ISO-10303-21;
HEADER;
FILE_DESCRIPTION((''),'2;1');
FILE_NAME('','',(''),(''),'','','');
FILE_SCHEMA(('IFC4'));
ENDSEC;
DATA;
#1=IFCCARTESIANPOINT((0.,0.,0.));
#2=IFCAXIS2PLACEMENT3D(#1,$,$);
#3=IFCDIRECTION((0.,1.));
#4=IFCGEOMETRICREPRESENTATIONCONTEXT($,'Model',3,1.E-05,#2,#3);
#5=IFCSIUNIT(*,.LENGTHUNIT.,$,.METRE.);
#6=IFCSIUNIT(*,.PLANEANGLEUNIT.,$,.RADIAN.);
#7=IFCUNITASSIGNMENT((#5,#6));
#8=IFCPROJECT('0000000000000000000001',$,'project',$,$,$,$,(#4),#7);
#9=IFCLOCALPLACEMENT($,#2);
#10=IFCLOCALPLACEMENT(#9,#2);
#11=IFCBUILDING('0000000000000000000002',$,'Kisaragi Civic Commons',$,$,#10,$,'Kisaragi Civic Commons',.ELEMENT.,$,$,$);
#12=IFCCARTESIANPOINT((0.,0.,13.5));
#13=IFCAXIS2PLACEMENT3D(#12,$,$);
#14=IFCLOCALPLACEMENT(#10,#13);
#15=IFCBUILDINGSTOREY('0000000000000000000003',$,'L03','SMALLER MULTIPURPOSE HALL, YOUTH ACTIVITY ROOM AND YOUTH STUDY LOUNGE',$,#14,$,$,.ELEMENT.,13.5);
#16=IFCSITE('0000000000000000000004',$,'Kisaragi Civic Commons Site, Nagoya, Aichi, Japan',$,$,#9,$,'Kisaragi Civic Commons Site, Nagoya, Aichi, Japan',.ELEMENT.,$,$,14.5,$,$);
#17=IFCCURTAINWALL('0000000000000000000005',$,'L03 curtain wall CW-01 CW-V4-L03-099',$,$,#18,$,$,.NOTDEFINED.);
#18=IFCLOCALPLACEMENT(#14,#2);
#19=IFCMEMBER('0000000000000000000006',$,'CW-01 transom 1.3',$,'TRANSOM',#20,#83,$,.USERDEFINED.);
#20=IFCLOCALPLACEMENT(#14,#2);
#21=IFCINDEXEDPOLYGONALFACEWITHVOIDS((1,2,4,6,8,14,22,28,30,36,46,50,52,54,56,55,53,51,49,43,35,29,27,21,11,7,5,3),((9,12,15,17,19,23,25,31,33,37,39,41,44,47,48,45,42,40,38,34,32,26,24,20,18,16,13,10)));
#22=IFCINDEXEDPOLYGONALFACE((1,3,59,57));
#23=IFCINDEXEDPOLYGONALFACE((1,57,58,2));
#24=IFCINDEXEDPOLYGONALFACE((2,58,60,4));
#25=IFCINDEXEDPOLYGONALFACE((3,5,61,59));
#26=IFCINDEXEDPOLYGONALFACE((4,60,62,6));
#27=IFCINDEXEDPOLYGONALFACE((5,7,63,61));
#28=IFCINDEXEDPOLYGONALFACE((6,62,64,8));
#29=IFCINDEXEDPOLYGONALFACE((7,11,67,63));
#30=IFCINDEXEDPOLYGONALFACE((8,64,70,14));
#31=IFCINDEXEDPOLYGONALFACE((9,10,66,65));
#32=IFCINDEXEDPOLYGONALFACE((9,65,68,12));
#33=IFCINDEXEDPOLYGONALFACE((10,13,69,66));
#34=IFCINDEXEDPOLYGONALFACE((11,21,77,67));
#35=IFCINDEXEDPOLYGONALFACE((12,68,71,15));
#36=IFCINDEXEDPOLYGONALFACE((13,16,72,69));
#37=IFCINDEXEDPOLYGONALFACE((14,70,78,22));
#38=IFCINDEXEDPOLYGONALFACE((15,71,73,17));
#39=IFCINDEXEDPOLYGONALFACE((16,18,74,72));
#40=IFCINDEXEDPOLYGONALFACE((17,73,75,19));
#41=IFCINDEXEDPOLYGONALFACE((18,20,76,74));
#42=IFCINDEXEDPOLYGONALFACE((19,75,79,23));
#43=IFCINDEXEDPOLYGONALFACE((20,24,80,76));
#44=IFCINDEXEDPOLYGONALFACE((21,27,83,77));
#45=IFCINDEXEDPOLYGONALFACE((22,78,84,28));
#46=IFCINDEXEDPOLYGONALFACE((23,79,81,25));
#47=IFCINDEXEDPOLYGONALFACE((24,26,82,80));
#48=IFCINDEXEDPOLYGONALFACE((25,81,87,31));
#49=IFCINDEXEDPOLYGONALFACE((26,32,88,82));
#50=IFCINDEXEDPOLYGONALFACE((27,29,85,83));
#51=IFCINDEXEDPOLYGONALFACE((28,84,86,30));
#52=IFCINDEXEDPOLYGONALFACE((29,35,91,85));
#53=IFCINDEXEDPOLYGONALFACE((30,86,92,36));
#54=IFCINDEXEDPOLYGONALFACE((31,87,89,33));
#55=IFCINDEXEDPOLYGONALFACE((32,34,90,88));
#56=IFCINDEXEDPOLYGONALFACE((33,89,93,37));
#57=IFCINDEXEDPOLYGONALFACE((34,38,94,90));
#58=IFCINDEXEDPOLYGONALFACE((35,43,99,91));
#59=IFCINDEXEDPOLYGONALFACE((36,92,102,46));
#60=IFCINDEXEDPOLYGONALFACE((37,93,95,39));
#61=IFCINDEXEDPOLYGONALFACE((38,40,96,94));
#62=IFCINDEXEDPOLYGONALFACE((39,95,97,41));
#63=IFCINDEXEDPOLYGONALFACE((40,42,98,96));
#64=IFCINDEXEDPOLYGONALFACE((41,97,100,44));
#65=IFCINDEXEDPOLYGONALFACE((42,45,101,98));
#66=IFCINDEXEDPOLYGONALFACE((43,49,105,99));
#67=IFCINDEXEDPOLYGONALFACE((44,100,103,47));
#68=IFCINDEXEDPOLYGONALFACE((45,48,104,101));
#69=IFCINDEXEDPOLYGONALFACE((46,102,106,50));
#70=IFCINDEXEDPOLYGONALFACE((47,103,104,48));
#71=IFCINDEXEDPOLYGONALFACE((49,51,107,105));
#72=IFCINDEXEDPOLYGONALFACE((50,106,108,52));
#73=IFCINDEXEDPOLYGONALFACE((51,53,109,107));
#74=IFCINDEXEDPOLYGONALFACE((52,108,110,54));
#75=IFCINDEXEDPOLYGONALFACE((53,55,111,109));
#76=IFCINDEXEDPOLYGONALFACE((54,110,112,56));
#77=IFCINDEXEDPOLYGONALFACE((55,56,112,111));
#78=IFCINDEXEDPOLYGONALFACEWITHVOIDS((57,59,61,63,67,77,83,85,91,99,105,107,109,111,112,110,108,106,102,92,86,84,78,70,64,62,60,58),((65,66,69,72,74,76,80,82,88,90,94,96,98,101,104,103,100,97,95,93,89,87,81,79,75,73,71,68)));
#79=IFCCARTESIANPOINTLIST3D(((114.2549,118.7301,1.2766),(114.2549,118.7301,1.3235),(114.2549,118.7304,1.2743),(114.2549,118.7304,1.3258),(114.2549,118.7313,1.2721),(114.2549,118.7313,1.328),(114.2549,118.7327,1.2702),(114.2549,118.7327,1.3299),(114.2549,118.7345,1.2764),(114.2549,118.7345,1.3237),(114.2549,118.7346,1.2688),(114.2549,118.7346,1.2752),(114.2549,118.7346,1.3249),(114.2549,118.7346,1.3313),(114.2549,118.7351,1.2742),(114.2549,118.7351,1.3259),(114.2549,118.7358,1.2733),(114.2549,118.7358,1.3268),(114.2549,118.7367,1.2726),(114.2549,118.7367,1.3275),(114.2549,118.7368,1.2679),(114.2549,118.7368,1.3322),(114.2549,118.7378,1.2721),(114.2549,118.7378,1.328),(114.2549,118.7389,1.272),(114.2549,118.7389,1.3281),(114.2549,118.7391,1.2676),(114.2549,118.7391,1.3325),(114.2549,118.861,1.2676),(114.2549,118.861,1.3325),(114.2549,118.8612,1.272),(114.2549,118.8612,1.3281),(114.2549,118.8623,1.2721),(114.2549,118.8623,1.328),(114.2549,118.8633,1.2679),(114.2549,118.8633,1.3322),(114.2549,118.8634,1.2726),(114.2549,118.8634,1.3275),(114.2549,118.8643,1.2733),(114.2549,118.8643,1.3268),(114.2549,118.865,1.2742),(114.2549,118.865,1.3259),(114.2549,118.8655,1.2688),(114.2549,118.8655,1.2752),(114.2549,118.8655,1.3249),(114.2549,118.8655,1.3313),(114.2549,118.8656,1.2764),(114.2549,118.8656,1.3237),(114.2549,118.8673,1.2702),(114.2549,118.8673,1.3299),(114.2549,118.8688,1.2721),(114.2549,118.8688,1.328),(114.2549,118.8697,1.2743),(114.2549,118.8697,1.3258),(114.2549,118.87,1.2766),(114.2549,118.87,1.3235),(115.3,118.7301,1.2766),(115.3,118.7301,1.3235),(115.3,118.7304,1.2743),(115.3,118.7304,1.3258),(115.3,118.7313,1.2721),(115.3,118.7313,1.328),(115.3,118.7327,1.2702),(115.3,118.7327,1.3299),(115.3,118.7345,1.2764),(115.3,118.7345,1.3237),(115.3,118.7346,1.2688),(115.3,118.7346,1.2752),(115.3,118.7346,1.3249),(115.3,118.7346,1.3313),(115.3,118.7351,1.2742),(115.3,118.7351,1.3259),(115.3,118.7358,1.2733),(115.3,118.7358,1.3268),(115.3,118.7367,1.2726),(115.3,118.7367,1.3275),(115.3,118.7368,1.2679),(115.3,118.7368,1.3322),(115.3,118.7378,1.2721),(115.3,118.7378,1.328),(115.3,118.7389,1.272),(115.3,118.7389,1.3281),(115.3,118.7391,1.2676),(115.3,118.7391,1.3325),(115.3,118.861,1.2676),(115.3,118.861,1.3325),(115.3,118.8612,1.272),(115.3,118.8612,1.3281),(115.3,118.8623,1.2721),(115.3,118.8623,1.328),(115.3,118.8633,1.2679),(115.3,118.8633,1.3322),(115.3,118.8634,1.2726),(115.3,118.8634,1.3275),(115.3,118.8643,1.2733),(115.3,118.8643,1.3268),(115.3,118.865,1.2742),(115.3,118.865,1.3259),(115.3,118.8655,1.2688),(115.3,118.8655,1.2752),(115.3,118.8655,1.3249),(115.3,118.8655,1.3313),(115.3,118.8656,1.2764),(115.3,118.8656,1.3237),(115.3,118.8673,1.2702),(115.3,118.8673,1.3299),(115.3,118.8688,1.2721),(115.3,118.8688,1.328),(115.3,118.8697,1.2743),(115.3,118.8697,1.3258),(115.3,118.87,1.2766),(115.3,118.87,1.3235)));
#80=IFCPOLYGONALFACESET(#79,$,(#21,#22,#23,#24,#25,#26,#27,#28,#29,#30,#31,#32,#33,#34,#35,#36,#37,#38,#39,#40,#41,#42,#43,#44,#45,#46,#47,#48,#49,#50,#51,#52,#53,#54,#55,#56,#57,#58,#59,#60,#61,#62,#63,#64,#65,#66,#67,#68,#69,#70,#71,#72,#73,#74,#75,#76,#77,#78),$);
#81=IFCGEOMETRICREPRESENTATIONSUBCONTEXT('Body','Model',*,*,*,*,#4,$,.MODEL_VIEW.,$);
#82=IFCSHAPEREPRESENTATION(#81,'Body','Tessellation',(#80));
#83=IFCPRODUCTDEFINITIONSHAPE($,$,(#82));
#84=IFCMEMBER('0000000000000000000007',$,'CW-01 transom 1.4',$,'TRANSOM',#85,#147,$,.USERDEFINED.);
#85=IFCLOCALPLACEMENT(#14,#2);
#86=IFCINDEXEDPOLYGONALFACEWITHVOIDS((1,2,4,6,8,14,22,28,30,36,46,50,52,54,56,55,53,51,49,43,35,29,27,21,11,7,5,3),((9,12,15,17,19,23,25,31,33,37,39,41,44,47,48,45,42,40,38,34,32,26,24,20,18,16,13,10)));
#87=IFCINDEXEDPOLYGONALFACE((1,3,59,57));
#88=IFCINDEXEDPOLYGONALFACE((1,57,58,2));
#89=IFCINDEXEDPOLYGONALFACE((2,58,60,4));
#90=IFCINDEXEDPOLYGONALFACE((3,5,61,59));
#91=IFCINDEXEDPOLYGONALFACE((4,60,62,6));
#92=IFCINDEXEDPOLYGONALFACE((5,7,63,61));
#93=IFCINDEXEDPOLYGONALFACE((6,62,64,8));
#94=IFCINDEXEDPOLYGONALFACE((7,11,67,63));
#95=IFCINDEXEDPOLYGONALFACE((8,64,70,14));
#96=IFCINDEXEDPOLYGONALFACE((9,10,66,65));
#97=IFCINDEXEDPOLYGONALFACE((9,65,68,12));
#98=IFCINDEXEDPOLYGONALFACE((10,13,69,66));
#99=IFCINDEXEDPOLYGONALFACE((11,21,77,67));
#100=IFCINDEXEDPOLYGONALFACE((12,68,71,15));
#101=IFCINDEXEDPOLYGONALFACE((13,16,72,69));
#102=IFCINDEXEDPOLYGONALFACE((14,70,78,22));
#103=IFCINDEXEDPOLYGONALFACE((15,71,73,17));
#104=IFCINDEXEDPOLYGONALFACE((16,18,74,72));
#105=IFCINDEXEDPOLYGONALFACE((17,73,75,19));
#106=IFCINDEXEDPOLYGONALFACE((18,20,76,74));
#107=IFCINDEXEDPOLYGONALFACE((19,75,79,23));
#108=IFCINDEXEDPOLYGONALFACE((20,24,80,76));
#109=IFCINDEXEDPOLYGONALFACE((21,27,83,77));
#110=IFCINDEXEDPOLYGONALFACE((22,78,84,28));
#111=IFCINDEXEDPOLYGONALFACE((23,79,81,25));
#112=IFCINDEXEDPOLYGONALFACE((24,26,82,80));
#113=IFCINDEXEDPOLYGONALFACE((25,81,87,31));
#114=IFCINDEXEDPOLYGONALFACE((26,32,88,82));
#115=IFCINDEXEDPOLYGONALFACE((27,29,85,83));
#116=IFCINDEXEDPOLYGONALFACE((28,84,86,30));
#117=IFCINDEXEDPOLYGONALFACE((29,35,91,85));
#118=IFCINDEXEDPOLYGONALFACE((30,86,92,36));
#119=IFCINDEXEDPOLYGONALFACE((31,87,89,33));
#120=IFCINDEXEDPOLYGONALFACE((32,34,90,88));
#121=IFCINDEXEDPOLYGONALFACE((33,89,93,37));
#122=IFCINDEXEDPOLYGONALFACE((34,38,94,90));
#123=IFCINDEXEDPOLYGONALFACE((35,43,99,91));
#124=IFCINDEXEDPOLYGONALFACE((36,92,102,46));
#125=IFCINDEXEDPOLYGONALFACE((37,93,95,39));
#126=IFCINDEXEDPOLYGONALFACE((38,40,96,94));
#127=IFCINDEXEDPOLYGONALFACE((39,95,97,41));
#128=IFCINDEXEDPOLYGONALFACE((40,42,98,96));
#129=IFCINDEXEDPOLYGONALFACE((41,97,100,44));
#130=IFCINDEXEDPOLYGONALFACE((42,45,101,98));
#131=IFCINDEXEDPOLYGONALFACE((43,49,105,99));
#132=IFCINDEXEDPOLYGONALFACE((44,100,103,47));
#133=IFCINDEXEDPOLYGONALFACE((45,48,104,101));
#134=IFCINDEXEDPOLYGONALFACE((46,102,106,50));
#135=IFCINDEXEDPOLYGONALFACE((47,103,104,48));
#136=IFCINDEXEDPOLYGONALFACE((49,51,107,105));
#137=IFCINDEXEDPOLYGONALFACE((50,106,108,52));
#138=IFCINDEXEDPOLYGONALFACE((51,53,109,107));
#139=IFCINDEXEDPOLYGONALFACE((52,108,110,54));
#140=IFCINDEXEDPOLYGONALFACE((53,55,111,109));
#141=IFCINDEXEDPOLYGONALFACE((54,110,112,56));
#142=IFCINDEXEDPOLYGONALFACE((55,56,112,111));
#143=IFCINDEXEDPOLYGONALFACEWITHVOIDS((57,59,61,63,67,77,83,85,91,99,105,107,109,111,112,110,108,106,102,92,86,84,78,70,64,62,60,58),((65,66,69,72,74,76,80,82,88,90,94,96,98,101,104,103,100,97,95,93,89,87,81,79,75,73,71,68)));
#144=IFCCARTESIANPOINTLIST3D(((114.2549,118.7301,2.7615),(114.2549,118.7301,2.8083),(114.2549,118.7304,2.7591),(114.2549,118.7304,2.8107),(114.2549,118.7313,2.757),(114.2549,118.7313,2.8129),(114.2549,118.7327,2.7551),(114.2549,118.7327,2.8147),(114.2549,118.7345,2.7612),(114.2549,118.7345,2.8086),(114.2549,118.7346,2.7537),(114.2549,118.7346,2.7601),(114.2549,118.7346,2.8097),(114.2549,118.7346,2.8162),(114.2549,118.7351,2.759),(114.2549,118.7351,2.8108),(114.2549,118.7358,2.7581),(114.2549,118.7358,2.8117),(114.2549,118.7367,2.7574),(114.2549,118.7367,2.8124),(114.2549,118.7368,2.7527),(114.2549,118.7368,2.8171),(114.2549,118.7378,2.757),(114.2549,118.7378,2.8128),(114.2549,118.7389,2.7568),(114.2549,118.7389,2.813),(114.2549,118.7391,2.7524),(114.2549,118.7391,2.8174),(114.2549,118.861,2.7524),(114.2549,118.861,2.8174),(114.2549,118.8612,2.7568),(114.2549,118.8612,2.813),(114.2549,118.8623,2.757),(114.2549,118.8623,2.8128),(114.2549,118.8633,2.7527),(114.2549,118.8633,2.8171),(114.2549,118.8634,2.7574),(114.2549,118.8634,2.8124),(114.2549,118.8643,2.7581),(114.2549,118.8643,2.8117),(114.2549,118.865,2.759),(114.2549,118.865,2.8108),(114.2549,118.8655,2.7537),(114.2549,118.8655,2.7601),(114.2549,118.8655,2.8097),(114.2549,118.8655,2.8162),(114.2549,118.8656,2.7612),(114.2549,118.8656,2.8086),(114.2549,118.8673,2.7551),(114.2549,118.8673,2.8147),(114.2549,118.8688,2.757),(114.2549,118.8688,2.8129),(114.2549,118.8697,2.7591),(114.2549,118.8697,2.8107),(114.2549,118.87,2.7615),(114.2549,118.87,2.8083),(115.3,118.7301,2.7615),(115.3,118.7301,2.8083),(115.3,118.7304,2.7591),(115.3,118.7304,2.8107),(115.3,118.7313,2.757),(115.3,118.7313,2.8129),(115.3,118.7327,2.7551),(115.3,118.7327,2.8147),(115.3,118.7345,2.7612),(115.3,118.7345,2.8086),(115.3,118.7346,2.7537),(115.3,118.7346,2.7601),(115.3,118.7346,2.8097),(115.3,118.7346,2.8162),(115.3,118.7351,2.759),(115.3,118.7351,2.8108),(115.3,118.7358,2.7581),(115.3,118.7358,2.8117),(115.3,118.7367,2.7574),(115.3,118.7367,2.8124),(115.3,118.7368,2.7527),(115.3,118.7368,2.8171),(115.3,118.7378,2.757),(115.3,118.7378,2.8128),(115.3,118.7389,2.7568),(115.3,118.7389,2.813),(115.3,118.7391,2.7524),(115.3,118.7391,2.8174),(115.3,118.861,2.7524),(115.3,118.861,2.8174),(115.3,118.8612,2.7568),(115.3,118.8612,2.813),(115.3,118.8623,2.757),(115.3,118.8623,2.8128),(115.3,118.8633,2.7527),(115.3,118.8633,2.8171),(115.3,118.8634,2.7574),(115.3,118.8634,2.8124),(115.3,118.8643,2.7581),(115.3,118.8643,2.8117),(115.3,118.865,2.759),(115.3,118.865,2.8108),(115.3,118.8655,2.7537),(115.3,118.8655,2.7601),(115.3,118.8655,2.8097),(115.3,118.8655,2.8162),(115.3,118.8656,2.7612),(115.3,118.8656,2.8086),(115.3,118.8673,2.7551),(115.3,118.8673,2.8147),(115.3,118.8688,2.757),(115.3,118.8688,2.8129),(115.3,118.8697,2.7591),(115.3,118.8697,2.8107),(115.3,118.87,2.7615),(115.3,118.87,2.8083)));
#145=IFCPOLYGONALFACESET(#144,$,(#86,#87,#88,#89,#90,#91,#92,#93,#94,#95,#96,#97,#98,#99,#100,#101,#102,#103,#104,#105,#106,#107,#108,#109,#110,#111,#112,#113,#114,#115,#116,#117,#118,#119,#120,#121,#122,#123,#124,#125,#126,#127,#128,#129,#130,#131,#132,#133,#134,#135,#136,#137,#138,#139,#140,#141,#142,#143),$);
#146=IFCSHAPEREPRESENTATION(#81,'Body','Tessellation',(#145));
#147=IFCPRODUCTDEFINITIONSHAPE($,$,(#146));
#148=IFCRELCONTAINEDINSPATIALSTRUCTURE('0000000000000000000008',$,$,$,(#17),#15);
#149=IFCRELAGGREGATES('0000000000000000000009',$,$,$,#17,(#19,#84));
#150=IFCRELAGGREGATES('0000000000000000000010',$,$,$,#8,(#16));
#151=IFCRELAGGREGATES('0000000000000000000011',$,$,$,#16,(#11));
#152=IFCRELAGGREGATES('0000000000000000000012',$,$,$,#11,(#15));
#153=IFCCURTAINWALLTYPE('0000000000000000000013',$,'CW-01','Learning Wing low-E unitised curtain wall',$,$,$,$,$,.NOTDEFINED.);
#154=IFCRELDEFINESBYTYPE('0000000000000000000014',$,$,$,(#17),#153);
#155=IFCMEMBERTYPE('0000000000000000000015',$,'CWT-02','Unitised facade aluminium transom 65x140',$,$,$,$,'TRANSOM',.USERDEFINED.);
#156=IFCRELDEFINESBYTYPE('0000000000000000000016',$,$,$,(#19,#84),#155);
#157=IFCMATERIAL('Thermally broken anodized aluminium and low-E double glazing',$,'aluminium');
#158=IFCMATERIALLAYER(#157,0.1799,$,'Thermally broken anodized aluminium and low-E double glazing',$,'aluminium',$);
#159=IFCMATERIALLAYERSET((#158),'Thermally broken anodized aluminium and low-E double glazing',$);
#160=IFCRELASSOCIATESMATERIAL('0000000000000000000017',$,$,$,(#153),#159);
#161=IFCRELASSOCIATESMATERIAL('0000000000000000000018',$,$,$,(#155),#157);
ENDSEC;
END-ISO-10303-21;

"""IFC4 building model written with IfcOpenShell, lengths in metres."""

from ifc_helpers import new_model, si_unit, direction, frame, origin, origin_2d, place, context, subcontext, project, spatial, hollow_rectangle, extrude, material, layer, layer_set, material_profile, profile_set, type_object, element, aggregate, save


model = new_model("IFC4")

# Units and contexts
model_context = context("Model", 3, precision=1e-05, world=origin(), true_north=direction((0.0, 1.0)))
body_context = subcontext(model_context, "Body", "Model", "MODEL_VIEW")
ifc_project = project(units=[si_unit("LENGTHUNIT", "METRE"), si_unit("PLANEANGLEUNIT", "RADIAN")], contexts=[model_context])

# Site, building, storey
site_placement = place(None, origin())
site = spatial("IfcSite", under=ifc_project, at=site_placement, Name="Kisaragi Civic Commons Site, Nagoya, Aichi, Japan", LongName="Kisaragi Civic Commons Site, Nagoya, Aichi, Japan", CompositionType="ELEMENT", RefElevation=14.5)
building_placement = place(site_placement, origin())
building = spatial("IfcBuilding", under=site, at=building_placement, Name="Kisaragi Civic Commons", LongName="Kisaragi Civic Commons", CompositionType="ELEMENT")
storey_placement = place(building_placement, frame((0.0, 0.0, 13.5)))
storey = spatial("IfcBuildingStorey", under=building, at=storey_placement, Name="L03", Description="SMALLER MULTIPURPOSE HALL, YOUTH ACTIVITY ROOM AND YOUTH STUDY LOUNGE", CompositionType="ELEMENT", Elevation=13.5)

# Shared definitions
ifc_material_1 = material(Name="Thermally broken anodized aluminium and low-E double glazing", Category="aluminium")
ifc_layer_1 = layer(ifc_material_1, 0.1799, Name="Thermally broken anodized aluminium and low-E double glazing", Category="aluminium")
ifc_layer_set_1 = layer_set([ifc_layer_1], Name="Thermally broken anodized aluminium and low-E double glazing")
curtain_wall_type = type_object("IfcCurtainWallType", Name="CW-01", Description="Learning Wing low-E unitised curtain wall", PredefinedType="NOTDEFINED", material=ifc_layer_set_1)

# Curtain wall
curtain_wall_1_placement = place(storey_placement, origin())
curtain_wall_1 = element("IfcCurtainWall", 1, at=curtain_wall_1_placement, inside=storey, type_object=curtain_wall_type, Name="L03 curtain wall CW-01 CW-V4-L03-099", PredefinedType="NOTDEFINED")

# Members
ifc_material_profile_1 = material_profile(ifc_material_1, hollow_rectangle(XDim=0.1399, YDim=0.0649, WallThickness=0.0044, InnerFilletRadius=0.0044, OuterFilletRadius=0.009, at=origin_2d()), Name="CWT-65x140x4.5", Category="aluminium")
ifc_profile_set_1 = profile_set([ifc_material_profile_1], Name="Thermally broken anodized aluminium and low-E double glazing")
member_type_1 = type_object("IfcMemberType", Name="CWT-02", Description="Unitised facade aluminium transom 65x140", ElementType="TRANSOM", PredefinedType="USERDEFINED", material=ifc_profile_set_1)
member_1_placement = place(storey_placement, frame((114.2549, 118.8, 1.3), z_axis=(1.0, 0.0, 0.0), x_axis=(0.0, 1.0, 0.0)))
member_1 = element("IfcMember", 2, at=member_1_placement, type_object=member_type_1, Name="CW-01 transom 1.3", ObjectType="TRANSOM", PredefinedType="USERDEFINED", context=body_context, shape_type="SweptSolid", body=[
    extrude(hollow_rectangle(XDim=0.1399, YDim=0.0649, WallThickness=0.0044, InnerFilletRadius=0.0044, OuterFilletRadius=0.009, at=origin_2d()), origin(), (0.0, 0.0, 1.0), 1.0452),
])
member_2_placement = place(storey_placement, frame((114.2549, 118.8, 2.7849), z_axis=(1.0, 0.0, 0.0), x_axis=(0.0, 1.0, 0.0)))
member_2 = element("IfcMember", 3, at=member_2_placement, type_object=member_type_1, Name="CW-01 transom 1.4", ObjectType="TRANSOM", PredefinedType="USERDEFINED", context=body_context, shape_type="SweptSolid", body=[
    extrude(hollow_rectangle(XDim=0.1399, YDim=0.0649, WallThickness=0.0044, InnerFilletRadius=0.0044, OuterFilletRadius=0.009, at=origin_2d()), origin(), (0.0, 0.0, 1.0), 1.0452),
])

aggregate(curtain_wall_1, [member_1, member_2])

save(model, "model.ifc")
